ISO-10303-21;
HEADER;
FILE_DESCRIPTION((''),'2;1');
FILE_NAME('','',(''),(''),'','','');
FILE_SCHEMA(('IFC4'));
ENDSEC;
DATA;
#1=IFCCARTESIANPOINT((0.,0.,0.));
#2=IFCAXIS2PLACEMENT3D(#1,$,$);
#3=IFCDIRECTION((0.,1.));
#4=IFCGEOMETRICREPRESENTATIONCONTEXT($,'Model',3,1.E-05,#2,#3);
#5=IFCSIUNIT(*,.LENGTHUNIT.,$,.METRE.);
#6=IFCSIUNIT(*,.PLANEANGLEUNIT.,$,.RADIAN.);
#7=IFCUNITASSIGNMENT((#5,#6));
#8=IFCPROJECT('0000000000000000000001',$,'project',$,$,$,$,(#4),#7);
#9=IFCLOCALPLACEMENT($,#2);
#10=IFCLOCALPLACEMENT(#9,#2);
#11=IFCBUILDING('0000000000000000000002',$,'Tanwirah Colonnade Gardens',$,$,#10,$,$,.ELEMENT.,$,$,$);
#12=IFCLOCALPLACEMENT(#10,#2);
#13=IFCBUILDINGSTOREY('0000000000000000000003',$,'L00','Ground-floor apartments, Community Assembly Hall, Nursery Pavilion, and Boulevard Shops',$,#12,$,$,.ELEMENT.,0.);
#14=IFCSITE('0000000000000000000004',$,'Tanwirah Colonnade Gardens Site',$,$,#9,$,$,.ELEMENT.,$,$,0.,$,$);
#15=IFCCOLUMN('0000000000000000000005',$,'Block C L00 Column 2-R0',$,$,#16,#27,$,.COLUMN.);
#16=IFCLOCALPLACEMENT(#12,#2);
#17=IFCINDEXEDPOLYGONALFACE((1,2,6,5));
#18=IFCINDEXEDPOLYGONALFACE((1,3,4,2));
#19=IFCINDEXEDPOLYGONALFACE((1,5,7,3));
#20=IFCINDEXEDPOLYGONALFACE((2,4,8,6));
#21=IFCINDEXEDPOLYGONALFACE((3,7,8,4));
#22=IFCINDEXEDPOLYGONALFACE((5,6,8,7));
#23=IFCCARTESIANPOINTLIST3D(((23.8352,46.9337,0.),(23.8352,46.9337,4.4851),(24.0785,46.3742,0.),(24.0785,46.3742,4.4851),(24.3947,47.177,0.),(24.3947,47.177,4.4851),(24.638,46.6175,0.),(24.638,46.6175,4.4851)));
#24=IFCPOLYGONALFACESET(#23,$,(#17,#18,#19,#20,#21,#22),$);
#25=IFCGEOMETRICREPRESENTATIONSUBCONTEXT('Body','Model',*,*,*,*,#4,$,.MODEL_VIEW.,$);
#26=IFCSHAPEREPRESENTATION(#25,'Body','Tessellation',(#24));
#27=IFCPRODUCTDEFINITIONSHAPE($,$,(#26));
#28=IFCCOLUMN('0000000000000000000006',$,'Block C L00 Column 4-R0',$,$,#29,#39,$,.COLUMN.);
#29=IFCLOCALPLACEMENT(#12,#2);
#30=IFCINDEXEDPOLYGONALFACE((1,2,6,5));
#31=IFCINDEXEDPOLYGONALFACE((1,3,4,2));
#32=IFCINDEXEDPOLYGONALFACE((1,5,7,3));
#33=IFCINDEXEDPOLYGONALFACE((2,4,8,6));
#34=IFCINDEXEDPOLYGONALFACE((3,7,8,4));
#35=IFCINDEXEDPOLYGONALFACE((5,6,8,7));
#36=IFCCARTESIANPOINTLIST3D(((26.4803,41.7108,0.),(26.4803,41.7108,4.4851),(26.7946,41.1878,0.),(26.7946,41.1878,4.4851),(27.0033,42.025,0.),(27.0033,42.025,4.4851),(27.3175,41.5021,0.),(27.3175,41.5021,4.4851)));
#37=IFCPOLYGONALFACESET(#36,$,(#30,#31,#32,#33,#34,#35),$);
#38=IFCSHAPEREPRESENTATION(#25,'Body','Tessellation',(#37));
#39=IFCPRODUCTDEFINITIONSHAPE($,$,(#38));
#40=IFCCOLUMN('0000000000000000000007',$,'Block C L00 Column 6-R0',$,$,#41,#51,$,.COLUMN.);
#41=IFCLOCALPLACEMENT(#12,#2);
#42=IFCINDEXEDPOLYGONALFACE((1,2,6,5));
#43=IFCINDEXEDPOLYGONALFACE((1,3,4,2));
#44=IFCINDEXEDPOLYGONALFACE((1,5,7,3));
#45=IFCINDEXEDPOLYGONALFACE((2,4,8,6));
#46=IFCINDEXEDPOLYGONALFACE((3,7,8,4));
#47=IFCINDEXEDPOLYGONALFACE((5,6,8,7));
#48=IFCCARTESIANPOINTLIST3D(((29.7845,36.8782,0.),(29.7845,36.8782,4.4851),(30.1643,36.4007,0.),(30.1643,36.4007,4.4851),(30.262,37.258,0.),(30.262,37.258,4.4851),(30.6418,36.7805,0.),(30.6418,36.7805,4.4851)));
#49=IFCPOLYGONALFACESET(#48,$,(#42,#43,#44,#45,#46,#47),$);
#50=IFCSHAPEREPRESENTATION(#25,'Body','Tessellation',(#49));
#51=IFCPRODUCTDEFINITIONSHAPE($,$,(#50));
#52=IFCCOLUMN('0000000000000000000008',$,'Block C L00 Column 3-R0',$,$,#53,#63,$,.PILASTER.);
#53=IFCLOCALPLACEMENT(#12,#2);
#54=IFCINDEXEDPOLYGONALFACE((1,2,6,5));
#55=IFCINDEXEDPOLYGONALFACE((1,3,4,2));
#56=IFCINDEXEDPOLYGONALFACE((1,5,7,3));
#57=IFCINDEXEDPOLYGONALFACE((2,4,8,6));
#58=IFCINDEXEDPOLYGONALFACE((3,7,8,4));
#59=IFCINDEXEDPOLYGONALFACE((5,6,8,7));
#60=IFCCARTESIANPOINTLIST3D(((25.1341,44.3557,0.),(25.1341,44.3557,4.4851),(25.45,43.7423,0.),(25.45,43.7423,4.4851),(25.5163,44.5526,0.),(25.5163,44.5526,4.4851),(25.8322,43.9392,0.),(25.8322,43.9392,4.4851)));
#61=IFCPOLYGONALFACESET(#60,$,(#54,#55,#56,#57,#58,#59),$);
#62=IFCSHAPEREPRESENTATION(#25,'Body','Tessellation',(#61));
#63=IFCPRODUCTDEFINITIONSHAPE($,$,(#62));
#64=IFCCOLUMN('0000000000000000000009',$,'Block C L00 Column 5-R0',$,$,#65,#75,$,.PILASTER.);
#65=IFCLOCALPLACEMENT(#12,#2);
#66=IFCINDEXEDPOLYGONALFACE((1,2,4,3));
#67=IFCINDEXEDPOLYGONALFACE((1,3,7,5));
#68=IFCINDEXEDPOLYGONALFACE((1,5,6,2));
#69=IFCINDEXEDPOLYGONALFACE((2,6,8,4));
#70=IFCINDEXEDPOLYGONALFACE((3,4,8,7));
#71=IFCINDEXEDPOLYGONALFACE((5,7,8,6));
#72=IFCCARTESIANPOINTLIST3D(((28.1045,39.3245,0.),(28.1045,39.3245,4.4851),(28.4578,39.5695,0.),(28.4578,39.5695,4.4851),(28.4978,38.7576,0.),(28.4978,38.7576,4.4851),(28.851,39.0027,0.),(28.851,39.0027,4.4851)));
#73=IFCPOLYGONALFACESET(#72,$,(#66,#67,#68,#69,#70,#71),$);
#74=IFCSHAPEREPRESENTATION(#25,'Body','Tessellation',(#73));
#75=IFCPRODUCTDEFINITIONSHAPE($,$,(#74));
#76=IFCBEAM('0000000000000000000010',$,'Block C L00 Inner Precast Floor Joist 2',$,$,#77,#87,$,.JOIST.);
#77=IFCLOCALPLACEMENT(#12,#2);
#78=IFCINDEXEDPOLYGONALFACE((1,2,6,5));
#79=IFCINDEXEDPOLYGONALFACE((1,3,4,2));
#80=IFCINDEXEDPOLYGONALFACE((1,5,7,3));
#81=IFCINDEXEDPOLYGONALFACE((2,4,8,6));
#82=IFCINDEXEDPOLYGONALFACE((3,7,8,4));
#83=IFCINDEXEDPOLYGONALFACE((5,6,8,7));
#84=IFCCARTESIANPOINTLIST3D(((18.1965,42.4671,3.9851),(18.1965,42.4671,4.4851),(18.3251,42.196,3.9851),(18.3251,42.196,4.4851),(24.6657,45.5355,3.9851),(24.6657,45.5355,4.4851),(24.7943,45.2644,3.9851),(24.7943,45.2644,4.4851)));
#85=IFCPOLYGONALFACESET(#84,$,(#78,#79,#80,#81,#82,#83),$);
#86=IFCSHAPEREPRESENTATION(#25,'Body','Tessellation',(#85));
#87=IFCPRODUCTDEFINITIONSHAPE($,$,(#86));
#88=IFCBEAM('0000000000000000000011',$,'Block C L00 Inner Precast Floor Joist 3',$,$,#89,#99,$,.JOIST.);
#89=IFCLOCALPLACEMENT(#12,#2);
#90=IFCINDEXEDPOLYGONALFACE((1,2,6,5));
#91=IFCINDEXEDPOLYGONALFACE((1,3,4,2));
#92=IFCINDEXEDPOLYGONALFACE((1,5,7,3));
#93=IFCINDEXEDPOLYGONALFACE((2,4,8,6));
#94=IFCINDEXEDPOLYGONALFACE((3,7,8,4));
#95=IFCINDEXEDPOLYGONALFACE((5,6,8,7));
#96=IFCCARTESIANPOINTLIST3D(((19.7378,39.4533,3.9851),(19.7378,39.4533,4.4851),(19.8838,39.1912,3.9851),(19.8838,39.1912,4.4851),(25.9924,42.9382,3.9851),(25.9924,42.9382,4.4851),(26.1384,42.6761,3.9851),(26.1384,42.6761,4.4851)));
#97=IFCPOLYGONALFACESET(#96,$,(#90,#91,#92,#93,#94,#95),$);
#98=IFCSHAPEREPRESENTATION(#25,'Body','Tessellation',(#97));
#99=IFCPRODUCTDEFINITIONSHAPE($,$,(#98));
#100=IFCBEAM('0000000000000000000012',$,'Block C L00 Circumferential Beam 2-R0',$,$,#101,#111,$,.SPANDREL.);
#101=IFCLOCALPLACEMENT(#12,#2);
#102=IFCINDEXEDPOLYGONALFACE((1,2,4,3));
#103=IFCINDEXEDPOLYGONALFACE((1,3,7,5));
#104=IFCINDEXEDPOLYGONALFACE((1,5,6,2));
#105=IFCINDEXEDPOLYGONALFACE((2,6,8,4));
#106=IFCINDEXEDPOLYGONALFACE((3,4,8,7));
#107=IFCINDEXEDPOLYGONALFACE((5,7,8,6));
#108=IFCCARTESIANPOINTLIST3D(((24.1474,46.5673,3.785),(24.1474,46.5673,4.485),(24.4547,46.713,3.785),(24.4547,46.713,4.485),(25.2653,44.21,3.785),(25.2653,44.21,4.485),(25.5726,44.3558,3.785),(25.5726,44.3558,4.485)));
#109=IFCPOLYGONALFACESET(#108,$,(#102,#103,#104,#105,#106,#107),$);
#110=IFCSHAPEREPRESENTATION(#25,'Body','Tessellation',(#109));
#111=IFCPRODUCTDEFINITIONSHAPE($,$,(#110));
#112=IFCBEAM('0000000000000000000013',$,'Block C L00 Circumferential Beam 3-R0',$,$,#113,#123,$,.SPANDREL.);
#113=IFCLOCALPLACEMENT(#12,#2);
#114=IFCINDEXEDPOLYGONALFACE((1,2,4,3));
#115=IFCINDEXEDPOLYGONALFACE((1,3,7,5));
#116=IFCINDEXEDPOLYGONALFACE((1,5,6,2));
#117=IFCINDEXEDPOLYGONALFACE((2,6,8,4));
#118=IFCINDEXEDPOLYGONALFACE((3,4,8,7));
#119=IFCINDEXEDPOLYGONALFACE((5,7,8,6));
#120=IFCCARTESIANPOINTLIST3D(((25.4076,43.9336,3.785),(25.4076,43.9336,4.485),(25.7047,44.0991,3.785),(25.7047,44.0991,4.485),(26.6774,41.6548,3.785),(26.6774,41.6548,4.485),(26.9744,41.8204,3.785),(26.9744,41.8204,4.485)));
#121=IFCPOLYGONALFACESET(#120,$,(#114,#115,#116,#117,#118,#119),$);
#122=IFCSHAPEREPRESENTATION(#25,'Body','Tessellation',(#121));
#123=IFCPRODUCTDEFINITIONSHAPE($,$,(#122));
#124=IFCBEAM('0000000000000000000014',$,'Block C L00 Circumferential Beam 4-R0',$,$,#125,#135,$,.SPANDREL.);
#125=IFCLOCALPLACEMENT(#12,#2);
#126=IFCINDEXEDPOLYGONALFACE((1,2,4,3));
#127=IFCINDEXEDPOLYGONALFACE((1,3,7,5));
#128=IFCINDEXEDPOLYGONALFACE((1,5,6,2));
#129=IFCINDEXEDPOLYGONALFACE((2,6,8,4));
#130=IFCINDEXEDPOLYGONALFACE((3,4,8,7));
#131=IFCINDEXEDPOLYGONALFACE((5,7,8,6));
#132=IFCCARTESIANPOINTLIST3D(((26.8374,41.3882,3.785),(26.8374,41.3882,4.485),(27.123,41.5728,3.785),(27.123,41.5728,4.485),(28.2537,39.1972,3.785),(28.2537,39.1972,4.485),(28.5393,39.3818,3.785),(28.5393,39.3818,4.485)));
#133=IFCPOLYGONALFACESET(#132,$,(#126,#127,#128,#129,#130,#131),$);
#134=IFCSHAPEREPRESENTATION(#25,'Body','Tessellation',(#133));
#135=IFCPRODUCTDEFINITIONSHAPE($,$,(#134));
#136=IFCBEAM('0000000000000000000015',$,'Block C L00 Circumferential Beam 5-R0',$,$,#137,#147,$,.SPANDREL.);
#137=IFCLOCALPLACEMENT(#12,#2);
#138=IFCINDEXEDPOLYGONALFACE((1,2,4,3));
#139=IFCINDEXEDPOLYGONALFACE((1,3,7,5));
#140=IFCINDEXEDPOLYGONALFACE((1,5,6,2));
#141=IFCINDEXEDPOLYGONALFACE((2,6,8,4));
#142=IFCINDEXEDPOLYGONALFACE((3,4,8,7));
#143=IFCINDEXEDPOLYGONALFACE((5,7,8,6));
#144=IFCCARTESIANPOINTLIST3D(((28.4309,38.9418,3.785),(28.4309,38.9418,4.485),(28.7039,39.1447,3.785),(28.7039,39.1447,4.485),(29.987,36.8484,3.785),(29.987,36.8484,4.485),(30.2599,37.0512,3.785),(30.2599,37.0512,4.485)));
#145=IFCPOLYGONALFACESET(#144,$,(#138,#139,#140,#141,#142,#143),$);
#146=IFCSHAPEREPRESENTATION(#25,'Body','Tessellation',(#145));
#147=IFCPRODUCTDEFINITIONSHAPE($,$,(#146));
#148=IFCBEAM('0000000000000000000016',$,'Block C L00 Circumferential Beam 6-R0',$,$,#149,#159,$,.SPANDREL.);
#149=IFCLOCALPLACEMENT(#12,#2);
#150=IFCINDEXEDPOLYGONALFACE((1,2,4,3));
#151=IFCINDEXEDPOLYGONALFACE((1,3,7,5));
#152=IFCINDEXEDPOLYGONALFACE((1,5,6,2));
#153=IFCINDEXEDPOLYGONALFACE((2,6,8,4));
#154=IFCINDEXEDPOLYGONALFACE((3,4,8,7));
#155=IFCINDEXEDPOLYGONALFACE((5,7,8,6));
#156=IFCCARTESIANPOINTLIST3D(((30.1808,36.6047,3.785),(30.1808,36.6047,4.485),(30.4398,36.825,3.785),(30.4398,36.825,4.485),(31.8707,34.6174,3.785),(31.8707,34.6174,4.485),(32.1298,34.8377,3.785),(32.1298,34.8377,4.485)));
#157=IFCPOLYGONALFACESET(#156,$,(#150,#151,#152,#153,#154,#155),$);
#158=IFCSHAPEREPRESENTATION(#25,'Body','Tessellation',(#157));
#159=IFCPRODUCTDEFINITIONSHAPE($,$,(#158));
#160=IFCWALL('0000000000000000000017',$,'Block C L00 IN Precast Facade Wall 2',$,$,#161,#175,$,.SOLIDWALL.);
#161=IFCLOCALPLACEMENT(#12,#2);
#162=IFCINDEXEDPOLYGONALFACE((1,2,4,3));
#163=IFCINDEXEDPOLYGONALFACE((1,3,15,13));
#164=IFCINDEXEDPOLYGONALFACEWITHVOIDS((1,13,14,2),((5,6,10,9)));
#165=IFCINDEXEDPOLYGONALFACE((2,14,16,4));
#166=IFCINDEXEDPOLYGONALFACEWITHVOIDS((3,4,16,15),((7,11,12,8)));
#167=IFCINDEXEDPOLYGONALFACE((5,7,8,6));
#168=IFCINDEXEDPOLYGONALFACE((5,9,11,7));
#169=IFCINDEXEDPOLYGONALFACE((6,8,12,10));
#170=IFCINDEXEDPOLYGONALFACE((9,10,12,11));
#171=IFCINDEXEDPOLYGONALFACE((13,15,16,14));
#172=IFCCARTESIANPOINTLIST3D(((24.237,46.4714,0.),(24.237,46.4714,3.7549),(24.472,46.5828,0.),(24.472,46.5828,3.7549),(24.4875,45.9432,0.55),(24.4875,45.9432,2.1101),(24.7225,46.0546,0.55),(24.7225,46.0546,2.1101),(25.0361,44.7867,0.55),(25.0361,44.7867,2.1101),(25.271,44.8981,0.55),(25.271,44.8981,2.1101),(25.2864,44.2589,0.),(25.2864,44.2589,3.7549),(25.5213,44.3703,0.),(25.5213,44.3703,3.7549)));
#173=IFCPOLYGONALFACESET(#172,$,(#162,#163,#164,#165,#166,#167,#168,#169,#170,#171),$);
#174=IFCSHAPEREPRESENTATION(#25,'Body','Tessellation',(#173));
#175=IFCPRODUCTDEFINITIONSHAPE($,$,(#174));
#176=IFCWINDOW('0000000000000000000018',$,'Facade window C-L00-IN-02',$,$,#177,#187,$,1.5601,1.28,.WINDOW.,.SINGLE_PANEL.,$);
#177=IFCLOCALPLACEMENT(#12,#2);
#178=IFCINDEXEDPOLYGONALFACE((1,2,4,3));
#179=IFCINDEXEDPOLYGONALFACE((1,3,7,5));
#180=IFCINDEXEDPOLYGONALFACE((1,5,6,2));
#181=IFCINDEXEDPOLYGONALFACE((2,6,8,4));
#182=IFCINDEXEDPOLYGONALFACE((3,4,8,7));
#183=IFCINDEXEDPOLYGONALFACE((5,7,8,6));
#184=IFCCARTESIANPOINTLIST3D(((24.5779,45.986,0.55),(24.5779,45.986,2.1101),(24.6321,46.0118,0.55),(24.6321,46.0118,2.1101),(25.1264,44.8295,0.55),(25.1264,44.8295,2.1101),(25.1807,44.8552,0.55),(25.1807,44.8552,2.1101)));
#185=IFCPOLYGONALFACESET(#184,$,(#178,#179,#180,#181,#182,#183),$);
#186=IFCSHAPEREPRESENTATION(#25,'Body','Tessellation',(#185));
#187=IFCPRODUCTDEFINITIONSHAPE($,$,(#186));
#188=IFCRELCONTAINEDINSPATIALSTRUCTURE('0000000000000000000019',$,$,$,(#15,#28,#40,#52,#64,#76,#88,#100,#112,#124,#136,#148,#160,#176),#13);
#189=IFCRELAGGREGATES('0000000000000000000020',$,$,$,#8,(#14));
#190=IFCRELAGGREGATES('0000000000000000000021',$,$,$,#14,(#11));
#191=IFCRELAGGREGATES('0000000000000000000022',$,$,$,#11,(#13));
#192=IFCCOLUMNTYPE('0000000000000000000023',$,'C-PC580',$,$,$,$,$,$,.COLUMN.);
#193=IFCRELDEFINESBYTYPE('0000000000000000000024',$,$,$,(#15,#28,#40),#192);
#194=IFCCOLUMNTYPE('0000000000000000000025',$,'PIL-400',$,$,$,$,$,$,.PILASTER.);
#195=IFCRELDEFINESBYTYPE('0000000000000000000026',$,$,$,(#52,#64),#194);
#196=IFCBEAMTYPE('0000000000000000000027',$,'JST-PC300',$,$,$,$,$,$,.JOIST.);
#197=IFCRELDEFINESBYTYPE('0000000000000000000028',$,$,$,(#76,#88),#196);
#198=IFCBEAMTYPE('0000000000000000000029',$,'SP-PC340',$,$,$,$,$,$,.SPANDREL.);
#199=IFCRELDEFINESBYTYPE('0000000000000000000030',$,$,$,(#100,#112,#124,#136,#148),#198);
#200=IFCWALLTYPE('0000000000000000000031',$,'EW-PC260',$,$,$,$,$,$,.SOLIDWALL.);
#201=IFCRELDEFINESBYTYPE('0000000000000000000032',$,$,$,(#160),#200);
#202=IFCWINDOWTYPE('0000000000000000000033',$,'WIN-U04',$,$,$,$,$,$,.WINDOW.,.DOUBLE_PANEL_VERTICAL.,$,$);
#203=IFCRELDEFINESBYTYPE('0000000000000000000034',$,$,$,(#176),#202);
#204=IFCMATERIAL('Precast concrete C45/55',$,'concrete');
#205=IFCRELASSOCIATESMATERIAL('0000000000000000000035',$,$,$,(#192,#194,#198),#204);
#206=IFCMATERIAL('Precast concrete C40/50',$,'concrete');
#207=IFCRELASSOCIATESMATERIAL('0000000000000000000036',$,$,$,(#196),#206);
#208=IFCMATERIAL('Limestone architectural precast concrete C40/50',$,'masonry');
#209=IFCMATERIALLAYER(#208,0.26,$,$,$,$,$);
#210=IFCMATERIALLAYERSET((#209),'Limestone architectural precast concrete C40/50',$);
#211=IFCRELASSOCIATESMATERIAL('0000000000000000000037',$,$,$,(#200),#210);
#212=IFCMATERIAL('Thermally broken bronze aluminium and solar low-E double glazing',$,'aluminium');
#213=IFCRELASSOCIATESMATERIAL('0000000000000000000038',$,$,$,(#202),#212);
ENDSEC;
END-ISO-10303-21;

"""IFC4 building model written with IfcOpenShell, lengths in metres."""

from ifc_helpers import new_model, si_unit, direction, frame, frame_2d, origin, origin_2d, place, context, subcontext, project, spatial, rectangle, extrude, material, layer, layer_set, material_profile, profile_set, type_object, element, fill, save


model = new_model("IFC4")

# Units and contexts
model_context = context("Model", 3, precision=1e-05, world=origin(), true_north=direction((0.0, 1.0)))
body_context = subcontext(model_context, "Body", "Model", "MODEL_VIEW")
ifc_project = project(units=[si_unit("LENGTHUNIT", "METRE"), si_unit("PLANEANGLEUNIT", "RADIAN")], contexts=[model_context])

# Site, building, storey
site_placement = place(None, origin())
site = spatial("IfcSite", under=ifc_project, at=site_placement, Name="Tanwirah Colonnade Gardens Site", CompositionType="ELEMENT", RefElevation=0.0)
building_placement = place(site_placement, origin())
building = spatial("IfcBuilding", under=site, at=building_placement, Name="Tanwirah Colonnade Gardens", CompositionType="ELEMENT")
storey_placement = place(building_placement, origin())
storey = spatial("IfcBuildingStorey", under=building, at=storey_placement, Name="L00", Description="Ground-floor apartments, Community Assembly Hall, Nursery Pavilion, and Boulevard Shops", CompositionType="ELEMENT", Elevation=0.0)

# Columns
ifc_material_1 = material(Name="Precast concrete C45/55", Category="concrete")
ifc_material_profile_1 = material_profile(ifc_material_1, rectangle(XDim=0.6101, YDim=0.6101, at=origin_2d()), Name="PC-COL 610x610")
ifc_profile_set_1 = profile_set([ifc_material_profile_1], Name="Precast concrete C45/55")
column_type_1 = type_object("IfcColumnType", Name="C-PC580", PredefinedType="COLUMN", material=ifc_profile_set_1)
for number, where, z_axis, x_axis, name in (
    (1, (24.2366, 46.7756, 0.0), (0.0, 0.0, 1.0), (-0.91706, -0.398749, 0.0), "Block C L00 Column 2-R0"),
    (2, (26.8989, 41.6064, 0.0), (0.0, 0.0, 1.0), (-0.857167, -0.515038, 0.0), "Block C L00 Column 4-R0"),
    (3, (30.2131, 36.8293, 0.0), (0.0, 0.0, 1.0), (-0.782608, -0.622515, 0.0), "Block C L00 Column 6-R0"),
):
    element("IfcColumn", number, at=place(storey_placement, frame(where, z_axis=z_axis, x_axis=x_axis)), inside=storey, type_object=column_type_1, Name=name, PredefinedType="COLUMN", context=body_context, shape_type="SweptSolid", body=[
        extrude(rectangle(XDim=0.6101, YDim=0.6101, at=origin_2d()), origin(), (0.0, 0.0, 1.0), 4.4851),
    ])
ifc_material_profile_2 = material_profile(ifc_material_1, rectangle(XDim=0.4299, YDim=0.6899, at=origin_2d()), Name="PC-PIL 430x690")
ifc_profile_set_2 = profile_set([ifc_material_profile_2], Name="Precast concrete C45/55")
column_type_2 = type_object("IfcColumnType", Name="PIL-400", PredefinedType="PILASTER", material=ifc_profile_set_2)
for number, where, z_axis, x_axis, name in (
    (4, (25.4832, 44.1475, 0.0), (0.0, 0.0, 1.0), (-0.889017, -0.457874, 0.0), "Block C L00 Column 3-R0"),
    (5, (28.4778, 39.1636, 0.0), (0.0, 0.0, 1.0), (-0.821647, -0.569997, 0.0), "Block C L00 Column 5-R0"),
):
    element("IfcColumn", number, at=place(storey_placement, frame(where, z_axis=z_axis, x_axis=x_axis)), inside=storey, type_object=column_type_2, Name=name, PredefinedType="PILASTER", context=body_context, shape_type="SweptSolid", body=[
        extrude(rectangle(XDim=0.4299, YDim=0.6899, at=origin_2d()), origin(), (0.0, 0.0, 1.0), 4.4851),
    ])

# Beams
ifc_material_2 = material(Name="Precast concrete C40/50", Category="concrete")
ifc_material_profile_3 = material_profile(ifc_material_2, rectangle(XDim=0.3, YDim=0.5, at=origin_2d()), Name="PC-JST 300x500")
ifc_profile_set_3 = profile_set([ifc_material_profile_3], Name="Precast concrete C40/50")
beam_type_1 = type_object("IfcBeamType", Name="JST-PC300", PredefinedType="JOIST", material=ifc_profile_set_3)
for number, where, z_axis, x_axis, name in (
    (6, (24.73, 45.3999, 4.2351), (-0.903522, -0.428541, 0.0), (0.428541, -0.903522, 0.0), "Block C L00 Inner Precast Floor Joist 2"),
    (7, (26.0654, 42.8071, 4.2351), (-0.87356, -0.486717, 0.0), (0.486717, -0.87356, 0.0), "Block C L00 Inner Precast Floor Joist 3"),
):
    element("IfcBeam", number, at=place(storey_placement, frame(where, z_axis=z_axis, x_axis=x_axis)), inside=storey, type_object=beam_type_1, Name=name, PredefinedType="JOIST", context=body_context, shape_type="SweptSolid", body=[
        extrude(rectangle(XDim=0.3, YDim=0.5, at=origin_2d()), origin(), (0.0, 0.0, 1.0), 7.1599),
    ])
ifc_material_profile_4 = material_profile(ifc_material_1, rectangle(XDim=0.3401, YDim=0.7, at=origin_2d()), Name="PC-SP 340x700")
ifc_profile_set_4 = profile_set([ifc_material_profile_4], Name="Precast concrete C45/55")
beam_type_2 = type_object("IfcBeamType", Name="SP-PC340", PredefinedType="SPANDREL", material=ifc_profile_set_4)
beam_1_placement = place(storey_placement, frame((24.301, 46.6401, 4.135), z_axis=(0.428513, -0.903536, 0.0), x_axis=(0.903536, 0.428513, 0.0)))
element("IfcBeam", 8, at=beam_1_placement, inside=storey, type_object=beam_type_2, Name="Block C L00 Circumferential Beam 2-R0", PredefinedType="SPANDREL", context=body_context, shape_type="SweptSolid", body=[
    extrude(rectangle(XDim=0.3401, YDim=0.7, at=origin_2d()), origin(), (0.0, 0.0, 1.0), 2.6089),
])
beam_2_placement = place(storey_placement, frame((25.5562, 44.0164, 4.135), z_axis=(0.486747, -0.873543, 0.0), x_axis=(0.873543, 0.486747, 0.0)))
element("IfcBeam", 9, at=beam_2_placement, inside=storey, type_object=beam_type_2, Name="Block C L00 Circumferential Beam 3-R0", PredefinedType="SPANDREL", context=body_context, shape_type="SweptSolid", body=[
    extrude(rectangle(XDim=0.3401, YDim=0.7, at=origin_2d()), origin(), (0.0, 0.0, 1.0), 2.6086),
])
beam_3_placement = place(storey_placement, frame((26.9802, 41.4805, 4.135), z_axis=(0.542875, -0.839814, 0.0), x_axis=(0.839814, 0.542875, 0.0)))
element("IfcBeam", 10, at=beam_3_placement, inside=storey, type_object=beam_type_2, Name="Block C L00 Circumferential Beam 4-R0", PredefinedType="SPANDREL", context=body_context, shape_type="SweptSolid", body=[
    extrude(rectangle(XDim=0.3401, YDim=0.7, at=origin_2d()), origin(), (0.0, 0.0, 1.0), 2.6089),
])
beam_4_placement = place(storey_placement, frame((28.5674, 39.0432, 4.135), z_axis=(0.596565, -0.802565, 0.0), x_axis=(0.802565, 0.596565, 0.0)))
element("IfcBeam", 11, at=beam_4_placement, inside=storey, type_object=beam_type_2, Name="Block C L00 Circumferential Beam 5-R0", PredefinedType="SPANDREL", context=body_context, shape_type="SweptSolid", body=[
    extrude(rectangle(XDim=0.3401, YDim=0.7, at=origin_2d()), origin(), (0.0, 0.0, 1.0), 2.6084),
])
beam_5_placement = place(storey_placement, frame((30.3103, 36.7148, 4.135), z_axis=(0.647811, -0.761801, 0.0), x_axis=(0.761801, 0.647811, 0.0)))
element("IfcBeam", 12, at=beam_5_placement, inside=storey, type_object=beam_type_2, Name="Block C L00 Circumferential Beam 6-R0", PredefinedType="SPANDREL", context=body_context, shape_type="SweptSolid", body=[
    extrude(rectangle(XDim=0.3401, YDim=0.7, at=origin_2d()), origin(), (0.0, 0.0, 1.0), 2.6086),
])

# Wall, opening, window
ifc_material_3 = material(Name="Limestone architectural precast concrete C40/50", Category="masonry")
ifc_layer_1 = layer(ifc_material_3, 0.26)
ifc_layer_set_1 = layer_set([ifc_layer_1], Name="Limestone architectural precast concrete C40/50")
wall_type_1 = type_object("IfcWallType", Name="EW-PC260", PredefinedType="SOLIDWALL", material=ifc_layer_set_1)
wall_1_placement = place(storey_placement, frame((24.3545, 46.5271, 0.0), z_axis=(0.0, 0.0, 1.0), x_axis=(0.428532, -0.903527, 0.0)))
wall_1 = element("IfcWall", 13, at=wall_1_placement, inside=storey, type_object=wall_type_1, Name="Block C L00 IN Precast Facade Wall 2", PredefinedType="SOLIDWALL", context=body_context, shape_type="SweptSolid", body=[
    extrude(rectangle(XDim=2.4487, YDim=0.26, at=frame_2d((1.2244, 0.0))), origin(), (0.0, 0.0, 1.0), 3.7549),
])
opening_1_placement = place(wall_1_placement, frame((0.5845, 0.0, 0.55)))
opening_1 = element("IfcOpeningElement", 14, at=opening_1_placement, cuts=wall_1, PredefinedType="OPENING", context=body_context, shape_type="SweptSolid", body=[
    extrude(rectangle(XDim=1.28, YDim=1.5601, at=frame_2d((0.6401, 0.78))), frame((0.0, 0.1399, 0.0), z_axis=(0.0, -1.0, 0.0), x_axis=(1.0, 0.0, 0.0)), (0.0, 0.0, 1.0), 0.28),
])
ifc_material_4 = material(Name="Thermally broken bronze aluminium and solar low-E double glazing", Category="aluminium")
window_type = type_object("IfcWindowType", Name="WIN-U04", PartitioningType="DOUBLE_PANEL_VERTICAL", PredefinedType="WINDOW", material=ifc_material_4)
window_placement = place(opening_1_placement, origin())
window = element("IfcWindow", 15, at=window_placement, inside=storey, type_object=window_type, Name="Facade window C-L00-IN-02", OverallHeight=1.5601, OverallWidth=1.28, PartitioningType="SINGLE_PANEL", PredefinedType="WINDOW", context=body_context, shape_type="SweptSolid", body=[
    extrude(rectangle(XDim=1.28, YDim=1.5601, at=frame_2d((0.6401, 0.78))), frame((0.0, 0.03, 0.0), z_axis=(0.0, -1.0, 0.0), x_axis=(1.0, 0.0, 0.0)), (0.0, 0.0, 1.0), 0.0601),
])
fill(opening_1, window)

save(model, "model.ifc")
